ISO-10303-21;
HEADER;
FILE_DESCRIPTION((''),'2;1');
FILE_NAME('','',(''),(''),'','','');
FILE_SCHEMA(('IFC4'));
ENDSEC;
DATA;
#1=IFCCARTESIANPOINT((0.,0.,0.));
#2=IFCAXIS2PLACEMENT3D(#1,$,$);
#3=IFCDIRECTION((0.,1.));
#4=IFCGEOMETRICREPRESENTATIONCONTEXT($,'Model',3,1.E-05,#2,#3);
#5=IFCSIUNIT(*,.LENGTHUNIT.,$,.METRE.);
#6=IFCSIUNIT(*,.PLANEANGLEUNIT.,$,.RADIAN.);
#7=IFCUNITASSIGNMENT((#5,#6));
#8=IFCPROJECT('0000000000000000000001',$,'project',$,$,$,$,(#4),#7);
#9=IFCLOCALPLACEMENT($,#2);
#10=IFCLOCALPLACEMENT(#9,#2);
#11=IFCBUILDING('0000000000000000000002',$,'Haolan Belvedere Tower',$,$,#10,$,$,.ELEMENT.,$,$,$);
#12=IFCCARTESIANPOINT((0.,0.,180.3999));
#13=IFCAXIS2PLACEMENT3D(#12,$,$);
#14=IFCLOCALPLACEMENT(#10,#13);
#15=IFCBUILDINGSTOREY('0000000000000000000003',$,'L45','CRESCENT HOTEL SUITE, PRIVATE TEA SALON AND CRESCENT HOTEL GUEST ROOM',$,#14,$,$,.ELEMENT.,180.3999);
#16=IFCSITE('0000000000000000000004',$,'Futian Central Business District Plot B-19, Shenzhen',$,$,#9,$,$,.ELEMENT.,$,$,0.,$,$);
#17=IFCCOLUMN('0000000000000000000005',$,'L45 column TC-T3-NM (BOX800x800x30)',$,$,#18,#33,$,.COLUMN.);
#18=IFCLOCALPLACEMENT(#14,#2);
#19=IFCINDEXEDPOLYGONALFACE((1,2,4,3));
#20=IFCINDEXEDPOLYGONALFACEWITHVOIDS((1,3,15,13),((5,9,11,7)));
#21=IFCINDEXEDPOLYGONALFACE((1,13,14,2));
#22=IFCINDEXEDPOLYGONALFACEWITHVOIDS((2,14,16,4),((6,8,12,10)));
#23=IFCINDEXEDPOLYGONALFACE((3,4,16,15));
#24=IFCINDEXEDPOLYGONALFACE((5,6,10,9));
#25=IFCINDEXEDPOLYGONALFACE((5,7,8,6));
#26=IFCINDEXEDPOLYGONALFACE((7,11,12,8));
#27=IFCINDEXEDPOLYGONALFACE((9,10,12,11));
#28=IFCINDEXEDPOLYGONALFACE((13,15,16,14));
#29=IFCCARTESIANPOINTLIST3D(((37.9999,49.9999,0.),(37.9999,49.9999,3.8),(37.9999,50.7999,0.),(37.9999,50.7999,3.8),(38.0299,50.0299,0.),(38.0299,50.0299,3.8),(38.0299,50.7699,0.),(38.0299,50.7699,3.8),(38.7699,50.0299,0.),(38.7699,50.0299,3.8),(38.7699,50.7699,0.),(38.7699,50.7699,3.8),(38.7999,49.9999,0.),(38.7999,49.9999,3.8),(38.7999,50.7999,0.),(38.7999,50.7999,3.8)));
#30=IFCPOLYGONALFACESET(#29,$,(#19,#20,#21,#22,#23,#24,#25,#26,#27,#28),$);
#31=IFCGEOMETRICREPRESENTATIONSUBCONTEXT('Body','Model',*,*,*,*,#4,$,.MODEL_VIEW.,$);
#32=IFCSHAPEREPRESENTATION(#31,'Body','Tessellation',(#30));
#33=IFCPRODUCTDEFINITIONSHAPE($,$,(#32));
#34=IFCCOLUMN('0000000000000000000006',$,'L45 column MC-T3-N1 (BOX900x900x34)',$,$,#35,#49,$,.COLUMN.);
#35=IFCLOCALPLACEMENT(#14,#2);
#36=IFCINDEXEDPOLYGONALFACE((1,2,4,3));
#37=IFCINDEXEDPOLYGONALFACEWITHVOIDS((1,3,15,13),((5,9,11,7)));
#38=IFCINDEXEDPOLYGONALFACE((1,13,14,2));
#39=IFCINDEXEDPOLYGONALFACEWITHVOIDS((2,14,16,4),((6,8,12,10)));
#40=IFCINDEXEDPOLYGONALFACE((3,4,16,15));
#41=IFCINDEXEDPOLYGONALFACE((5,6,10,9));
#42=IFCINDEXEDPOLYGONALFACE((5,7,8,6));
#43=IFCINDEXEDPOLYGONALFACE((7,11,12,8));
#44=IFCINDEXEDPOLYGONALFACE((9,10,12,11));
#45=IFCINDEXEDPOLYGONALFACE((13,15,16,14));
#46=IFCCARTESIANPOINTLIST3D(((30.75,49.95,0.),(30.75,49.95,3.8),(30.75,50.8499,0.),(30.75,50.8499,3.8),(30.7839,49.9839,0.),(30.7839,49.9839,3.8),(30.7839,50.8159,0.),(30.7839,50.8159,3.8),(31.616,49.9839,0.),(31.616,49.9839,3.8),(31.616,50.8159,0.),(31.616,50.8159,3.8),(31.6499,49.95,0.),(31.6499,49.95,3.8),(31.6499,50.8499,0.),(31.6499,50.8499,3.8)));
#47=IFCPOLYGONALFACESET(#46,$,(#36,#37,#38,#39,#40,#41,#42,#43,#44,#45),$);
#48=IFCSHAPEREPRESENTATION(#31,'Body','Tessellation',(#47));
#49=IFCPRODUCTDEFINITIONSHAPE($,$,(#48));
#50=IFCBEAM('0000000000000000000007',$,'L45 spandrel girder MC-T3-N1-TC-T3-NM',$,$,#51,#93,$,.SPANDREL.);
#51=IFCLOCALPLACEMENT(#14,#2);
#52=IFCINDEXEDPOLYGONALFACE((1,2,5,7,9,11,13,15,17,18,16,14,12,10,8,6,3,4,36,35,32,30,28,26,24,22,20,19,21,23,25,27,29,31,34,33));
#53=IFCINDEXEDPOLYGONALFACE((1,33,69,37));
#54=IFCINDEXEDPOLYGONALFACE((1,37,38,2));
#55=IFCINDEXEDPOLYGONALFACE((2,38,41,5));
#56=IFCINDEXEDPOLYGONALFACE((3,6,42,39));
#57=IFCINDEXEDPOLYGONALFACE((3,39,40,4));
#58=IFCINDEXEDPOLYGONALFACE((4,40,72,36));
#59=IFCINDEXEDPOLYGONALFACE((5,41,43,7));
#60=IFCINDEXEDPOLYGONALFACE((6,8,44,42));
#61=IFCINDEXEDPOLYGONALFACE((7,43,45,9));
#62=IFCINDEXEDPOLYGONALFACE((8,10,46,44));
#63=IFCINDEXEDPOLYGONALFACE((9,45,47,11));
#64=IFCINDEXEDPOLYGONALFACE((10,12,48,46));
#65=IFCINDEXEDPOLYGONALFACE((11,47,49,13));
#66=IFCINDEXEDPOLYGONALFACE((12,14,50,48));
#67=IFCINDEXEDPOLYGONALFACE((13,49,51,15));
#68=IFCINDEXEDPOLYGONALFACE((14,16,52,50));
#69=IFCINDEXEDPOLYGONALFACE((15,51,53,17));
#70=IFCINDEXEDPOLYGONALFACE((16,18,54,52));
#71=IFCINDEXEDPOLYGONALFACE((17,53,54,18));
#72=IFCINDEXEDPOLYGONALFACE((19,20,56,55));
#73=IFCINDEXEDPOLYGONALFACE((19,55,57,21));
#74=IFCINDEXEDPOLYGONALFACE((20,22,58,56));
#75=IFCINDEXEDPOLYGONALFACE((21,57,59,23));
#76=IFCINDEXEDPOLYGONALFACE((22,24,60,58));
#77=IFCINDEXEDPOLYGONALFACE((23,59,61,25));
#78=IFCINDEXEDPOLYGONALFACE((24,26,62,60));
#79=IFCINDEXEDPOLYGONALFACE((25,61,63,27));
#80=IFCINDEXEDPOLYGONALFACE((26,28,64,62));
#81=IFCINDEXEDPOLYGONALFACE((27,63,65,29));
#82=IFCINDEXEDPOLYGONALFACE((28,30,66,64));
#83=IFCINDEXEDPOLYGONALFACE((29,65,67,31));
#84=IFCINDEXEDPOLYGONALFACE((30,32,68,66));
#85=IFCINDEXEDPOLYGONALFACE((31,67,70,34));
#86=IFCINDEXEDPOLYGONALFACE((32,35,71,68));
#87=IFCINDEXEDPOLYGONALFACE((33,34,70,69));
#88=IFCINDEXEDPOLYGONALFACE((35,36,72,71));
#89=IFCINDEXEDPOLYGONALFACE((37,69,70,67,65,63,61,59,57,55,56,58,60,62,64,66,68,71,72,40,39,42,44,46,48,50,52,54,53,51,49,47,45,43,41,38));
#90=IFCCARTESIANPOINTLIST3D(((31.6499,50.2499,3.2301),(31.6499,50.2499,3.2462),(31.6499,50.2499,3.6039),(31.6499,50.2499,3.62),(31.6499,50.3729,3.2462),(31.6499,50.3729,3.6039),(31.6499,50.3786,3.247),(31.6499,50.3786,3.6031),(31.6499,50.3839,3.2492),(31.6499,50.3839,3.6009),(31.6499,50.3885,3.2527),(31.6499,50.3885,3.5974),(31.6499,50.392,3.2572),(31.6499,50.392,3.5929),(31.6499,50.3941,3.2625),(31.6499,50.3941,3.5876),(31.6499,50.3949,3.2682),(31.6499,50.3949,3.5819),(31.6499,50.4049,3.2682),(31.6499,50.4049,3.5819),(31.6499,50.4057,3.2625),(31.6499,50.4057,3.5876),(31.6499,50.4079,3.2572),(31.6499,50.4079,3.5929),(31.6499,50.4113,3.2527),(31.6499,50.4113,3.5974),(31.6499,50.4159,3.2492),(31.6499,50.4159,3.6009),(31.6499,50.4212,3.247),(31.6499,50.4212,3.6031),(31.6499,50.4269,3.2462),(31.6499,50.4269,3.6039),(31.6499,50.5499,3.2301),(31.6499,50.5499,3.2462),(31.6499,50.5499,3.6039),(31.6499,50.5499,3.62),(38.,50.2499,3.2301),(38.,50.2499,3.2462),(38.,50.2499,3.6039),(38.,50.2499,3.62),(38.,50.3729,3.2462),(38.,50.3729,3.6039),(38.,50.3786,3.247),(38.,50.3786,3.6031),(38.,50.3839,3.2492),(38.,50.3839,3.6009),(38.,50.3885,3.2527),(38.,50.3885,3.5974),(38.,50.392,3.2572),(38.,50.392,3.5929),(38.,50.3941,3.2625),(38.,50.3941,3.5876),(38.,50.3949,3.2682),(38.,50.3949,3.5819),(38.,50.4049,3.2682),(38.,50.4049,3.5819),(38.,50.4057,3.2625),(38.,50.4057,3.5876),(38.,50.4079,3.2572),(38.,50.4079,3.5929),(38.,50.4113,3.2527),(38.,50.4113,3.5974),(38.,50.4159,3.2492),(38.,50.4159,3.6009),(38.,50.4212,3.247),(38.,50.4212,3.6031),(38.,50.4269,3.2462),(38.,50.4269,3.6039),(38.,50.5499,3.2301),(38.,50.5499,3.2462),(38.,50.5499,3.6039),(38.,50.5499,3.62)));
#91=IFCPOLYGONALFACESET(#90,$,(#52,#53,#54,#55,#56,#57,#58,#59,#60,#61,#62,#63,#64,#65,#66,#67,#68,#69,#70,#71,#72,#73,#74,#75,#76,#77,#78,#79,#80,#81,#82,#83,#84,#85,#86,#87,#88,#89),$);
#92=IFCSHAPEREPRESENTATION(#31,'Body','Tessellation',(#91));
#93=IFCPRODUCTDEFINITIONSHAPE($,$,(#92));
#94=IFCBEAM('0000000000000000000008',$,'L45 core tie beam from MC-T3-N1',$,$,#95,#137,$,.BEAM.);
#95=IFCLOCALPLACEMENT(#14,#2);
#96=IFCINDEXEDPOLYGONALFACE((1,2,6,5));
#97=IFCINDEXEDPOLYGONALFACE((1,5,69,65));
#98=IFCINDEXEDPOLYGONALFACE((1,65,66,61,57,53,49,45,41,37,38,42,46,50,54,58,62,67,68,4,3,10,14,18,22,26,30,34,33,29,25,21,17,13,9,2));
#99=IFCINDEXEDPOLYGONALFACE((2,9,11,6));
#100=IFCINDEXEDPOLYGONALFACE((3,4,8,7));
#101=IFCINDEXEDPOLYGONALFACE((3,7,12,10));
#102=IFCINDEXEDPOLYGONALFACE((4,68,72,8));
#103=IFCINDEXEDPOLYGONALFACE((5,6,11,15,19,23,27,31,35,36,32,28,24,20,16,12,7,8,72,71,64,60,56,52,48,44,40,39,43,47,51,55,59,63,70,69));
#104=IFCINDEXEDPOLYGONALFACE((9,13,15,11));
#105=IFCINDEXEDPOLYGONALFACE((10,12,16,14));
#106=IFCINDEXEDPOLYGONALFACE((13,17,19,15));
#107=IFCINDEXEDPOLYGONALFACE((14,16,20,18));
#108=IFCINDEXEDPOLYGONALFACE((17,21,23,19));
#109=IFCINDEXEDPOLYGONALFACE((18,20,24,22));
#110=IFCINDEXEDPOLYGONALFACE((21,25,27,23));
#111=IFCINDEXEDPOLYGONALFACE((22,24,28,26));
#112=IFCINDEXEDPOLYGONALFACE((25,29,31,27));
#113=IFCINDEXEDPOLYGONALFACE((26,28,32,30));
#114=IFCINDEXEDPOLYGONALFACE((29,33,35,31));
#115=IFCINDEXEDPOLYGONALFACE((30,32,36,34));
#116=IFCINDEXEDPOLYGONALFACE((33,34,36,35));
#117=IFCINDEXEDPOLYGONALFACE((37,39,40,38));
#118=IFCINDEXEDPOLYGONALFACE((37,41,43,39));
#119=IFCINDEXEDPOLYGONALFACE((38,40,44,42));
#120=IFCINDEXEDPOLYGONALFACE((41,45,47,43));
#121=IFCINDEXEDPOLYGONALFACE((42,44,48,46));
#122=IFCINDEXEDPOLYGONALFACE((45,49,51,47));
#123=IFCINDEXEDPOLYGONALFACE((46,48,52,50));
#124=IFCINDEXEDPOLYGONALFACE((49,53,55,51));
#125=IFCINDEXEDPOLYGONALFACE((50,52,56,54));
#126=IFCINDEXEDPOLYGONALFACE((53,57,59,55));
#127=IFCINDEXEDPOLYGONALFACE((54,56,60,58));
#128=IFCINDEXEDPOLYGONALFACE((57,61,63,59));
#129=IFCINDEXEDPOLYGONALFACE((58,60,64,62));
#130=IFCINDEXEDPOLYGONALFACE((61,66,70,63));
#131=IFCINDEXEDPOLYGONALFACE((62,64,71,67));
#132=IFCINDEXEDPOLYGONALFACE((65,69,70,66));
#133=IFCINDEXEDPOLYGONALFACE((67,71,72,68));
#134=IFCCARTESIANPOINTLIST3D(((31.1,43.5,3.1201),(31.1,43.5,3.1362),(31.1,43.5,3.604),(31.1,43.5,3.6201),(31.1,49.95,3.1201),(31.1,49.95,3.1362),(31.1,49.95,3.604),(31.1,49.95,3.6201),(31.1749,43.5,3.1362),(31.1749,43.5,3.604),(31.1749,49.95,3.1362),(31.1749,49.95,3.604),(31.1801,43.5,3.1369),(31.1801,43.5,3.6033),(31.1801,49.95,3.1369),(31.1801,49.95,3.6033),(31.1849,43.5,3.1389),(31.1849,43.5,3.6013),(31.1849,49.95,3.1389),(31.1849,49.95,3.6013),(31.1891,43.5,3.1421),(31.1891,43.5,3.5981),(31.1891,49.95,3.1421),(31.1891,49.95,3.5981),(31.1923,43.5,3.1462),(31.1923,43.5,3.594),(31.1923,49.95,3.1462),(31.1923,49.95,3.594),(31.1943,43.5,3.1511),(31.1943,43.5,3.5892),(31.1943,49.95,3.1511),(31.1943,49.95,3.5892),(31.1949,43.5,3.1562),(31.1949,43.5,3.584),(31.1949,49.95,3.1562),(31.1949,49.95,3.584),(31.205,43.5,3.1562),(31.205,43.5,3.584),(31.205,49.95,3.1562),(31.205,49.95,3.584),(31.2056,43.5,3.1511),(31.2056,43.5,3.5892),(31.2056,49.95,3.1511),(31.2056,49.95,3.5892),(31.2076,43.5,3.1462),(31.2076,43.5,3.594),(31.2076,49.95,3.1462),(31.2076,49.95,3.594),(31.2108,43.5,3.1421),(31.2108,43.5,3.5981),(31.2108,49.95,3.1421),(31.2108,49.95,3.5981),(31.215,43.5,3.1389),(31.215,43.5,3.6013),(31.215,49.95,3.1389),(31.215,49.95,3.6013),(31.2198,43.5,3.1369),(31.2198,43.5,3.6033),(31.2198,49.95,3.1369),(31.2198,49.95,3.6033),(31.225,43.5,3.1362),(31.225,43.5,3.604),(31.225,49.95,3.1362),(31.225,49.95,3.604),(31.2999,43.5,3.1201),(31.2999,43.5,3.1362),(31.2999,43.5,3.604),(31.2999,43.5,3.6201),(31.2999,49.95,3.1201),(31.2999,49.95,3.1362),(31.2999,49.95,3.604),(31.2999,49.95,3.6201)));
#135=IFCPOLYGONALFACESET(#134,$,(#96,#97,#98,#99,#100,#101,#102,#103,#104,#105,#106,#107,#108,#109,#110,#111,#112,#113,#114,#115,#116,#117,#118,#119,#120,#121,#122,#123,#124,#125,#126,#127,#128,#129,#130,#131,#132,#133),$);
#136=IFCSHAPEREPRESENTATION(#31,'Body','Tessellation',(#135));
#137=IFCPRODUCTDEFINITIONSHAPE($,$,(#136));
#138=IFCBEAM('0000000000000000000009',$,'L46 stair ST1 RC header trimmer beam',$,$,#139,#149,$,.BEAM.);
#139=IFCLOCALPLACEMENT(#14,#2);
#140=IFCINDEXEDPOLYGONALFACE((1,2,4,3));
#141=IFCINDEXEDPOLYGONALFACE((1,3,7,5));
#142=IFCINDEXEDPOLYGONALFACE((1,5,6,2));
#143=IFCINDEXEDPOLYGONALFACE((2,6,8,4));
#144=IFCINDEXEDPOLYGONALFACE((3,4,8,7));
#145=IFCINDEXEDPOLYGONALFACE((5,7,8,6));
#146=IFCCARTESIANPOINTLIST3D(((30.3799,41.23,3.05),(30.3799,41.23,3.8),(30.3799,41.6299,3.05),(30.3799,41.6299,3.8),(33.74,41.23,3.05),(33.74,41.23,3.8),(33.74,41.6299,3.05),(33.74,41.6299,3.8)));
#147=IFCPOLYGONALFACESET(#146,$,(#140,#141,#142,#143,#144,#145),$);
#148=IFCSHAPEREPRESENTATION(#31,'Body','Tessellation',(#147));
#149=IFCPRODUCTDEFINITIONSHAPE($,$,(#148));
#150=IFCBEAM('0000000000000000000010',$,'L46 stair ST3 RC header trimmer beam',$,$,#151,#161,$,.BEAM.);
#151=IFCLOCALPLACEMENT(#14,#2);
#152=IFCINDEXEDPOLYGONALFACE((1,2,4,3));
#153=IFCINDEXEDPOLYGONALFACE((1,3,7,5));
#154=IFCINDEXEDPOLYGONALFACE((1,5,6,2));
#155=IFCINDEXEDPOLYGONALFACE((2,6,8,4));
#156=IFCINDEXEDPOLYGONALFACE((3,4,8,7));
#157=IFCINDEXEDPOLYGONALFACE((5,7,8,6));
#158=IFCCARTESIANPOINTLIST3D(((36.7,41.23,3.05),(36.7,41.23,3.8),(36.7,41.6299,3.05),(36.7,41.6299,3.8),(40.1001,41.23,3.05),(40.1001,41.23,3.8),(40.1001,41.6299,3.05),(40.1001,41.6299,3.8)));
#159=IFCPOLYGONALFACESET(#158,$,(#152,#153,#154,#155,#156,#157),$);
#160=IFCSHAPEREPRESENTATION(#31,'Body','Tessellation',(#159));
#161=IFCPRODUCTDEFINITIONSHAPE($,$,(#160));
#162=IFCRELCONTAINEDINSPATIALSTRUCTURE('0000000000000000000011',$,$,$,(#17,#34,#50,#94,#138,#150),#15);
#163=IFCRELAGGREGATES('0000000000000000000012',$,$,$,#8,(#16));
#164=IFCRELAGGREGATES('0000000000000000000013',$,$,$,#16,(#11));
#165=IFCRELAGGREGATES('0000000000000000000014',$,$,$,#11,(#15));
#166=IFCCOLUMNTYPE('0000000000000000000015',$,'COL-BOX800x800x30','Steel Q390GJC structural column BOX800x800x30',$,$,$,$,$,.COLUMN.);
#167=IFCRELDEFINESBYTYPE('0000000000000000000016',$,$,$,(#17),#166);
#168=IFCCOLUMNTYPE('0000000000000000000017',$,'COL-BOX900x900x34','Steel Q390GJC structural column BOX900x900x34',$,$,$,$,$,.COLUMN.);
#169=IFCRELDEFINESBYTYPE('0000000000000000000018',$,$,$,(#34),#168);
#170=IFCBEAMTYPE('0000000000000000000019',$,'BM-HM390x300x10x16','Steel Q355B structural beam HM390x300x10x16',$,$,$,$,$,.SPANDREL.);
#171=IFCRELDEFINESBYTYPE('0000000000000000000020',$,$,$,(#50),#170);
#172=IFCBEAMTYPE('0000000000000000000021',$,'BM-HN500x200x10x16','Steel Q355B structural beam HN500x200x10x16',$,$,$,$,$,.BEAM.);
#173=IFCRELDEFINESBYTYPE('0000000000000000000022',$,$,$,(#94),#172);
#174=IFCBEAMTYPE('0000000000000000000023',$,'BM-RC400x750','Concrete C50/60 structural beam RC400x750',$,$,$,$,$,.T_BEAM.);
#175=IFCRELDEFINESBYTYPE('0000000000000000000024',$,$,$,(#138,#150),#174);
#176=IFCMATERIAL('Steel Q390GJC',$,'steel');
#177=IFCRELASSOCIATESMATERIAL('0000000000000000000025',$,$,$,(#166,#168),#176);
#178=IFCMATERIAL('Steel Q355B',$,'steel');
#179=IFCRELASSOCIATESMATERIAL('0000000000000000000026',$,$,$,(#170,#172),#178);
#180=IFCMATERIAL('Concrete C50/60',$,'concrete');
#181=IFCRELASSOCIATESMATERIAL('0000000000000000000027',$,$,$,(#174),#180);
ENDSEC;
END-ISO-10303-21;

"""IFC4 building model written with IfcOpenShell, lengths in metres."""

from ifc_helpers import new_model, si_unit, direction, frame, origin, origin_2d, place, context, subcontext, project, spatial, rectangle, hollow_rectangle, i_section, extrude, material, material_profile, profile_set, type_object, element, save


model = new_model("IFC4")

# Units and contexts
model_context = context("Model", 3, precision=1e-05, world=origin(), true_north=direction((0.0, 1.0)))
body_context = subcontext(model_context, "Body", "Model", "MODEL_VIEW")
ifc_project = project(units=[si_unit("LENGTHUNIT", "METRE"), si_unit("PLANEANGLEUNIT", "RADIAN")], contexts=[model_context])

# Site, building, storey
site_placement = place(None, origin())
site = spatial("IfcSite", under=ifc_project, at=site_placement, Name="Futian Central Business District Plot B-19, Shenzhen", CompositionType="ELEMENT", RefElevation=0.0)
building_placement = place(site_placement, origin())
building = spatial("IfcBuilding", under=site, at=building_placement, Name="Haolan Belvedere Tower", CompositionType="ELEMENT")
storey_placement = place(building_placement, frame((0.0, 0.0, 180.3999)))
storey = spatial("IfcBuildingStorey", under=building, at=storey_placement, Name="L45", Description="CRESCENT HOTEL SUITE, PRIVATE TEA SALON AND CRESCENT HOTEL GUEST ROOM", CompositionType="ELEMENT", Elevation=180.3999)

# Columns
ifc_material_1 = material(Name="Steel Q390GJC", Category="steel")
ifc_material_profile_1 = material_profile(ifc_material_1, hollow_rectangle(XDim=0.8, YDim=0.8, WallThickness=0.03, at=origin_2d()), Name="Steel Q390GJC")
ifc_profile_set_1 = profile_set([ifc_material_profile_1], Name="Steel Q390GJC")
column_type_1 = type_object("IfcColumnType", Name="COL-BOX800x800x30", Description="Steel Q390GJC structural column BOX800x800x30", PredefinedType="COLUMN", material=ifc_profile_set_1)
column_1_placement = place(storey_placement, frame((38.3999, 50.3999, 0.0), z_axis=(0.0, 0.0, 1.0), x_axis=(1.0, 0.0, 0.0)))
element("IfcColumn", 1, at=column_1_placement, inside=storey, type_object=column_type_1, Name="L45 column TC-T3-NM (BOX800x800x30)", PredefinedType="COLUMN", context=body_context, shape_type="SweptSolid", body=[
    extrude(hollow_rectangle(XDim=0.8, YDim=0.8, WallThickness=0.03, at=origin_2d()), origin(), (0.0, 0.0, 1.0), 3.8),
])
ifc_material_profile_2 = material_profile(ifc_material_1, hollow_rectangle(XDim=0.8999, YDim=0.8999, WallThickness=0.0339, at=origin_2d()), Name="Steel Q390GJC")
ifc_profile_set_2 = profile_set([ifc_material_profile_2], Name="Steel Q390GJC")
column_type_2 = type_object("IfcColumnType", Name="COL-BOX900x900x34", Description="Steel Q390GJC structural column BOX900x900x34", PredefinedType="COLUMN", material=ifc_profile_set_2)
column_2_placement = place(storey_placement, frame((31.2, 50.3999, 0.0), z_axis=(0.0, 0.0, 1.0), x_axis=(1.0, 0.0, 0.0)))
element("IfcColumn", 2, at=column_2_placement, inside=storey, type_object=column_type_2, Name="L45 column MC-T3-N1 (BOX900x900x34)", PredefinedType="COLUMN", context=body_context, shape_type="SweptSolid", body=[
    extrude(hollow_rectangle(XDim=0.8999, YDim=0.8999, WallThickness=0.0339, at=origin_2d()), origin(), (0.0, 0.0, 1.0), 3.8),
])

# Beams
ifc_material_2 = material(Name="Steel Q355B", Category="steel")
ifc_material_profile_3 = material_profile(ifc_material_2, i_section(OverallWidth=0.3, OverallDepth=0.3899, WebThickness=0.01, FlangeThickness=0.0161, FilletRadius=0.022, at=origin_2d()), Name="Steel Q355B")
ifc_profile_set_3 = profile_set([ifc_material_profile_3], Name="Steel Q355B")
beam_type_1 = type_object("IfcBeamType", Name="BM-HM390x300x10x16", Description="Steel Q355B structural beam HM390x300x10x16", PredefinedType="SPANDREL", material=ifc_profile_set_3)
beam_1_placement = place(storey_placement, frame((31.6499, 50.3999, 3.425), z_axis=(1.0, 0.0, 0.0), x_axis=(0.0, 1.0, 0.0)))
element("IfcBeam", 3, at=beam_1_placement, inside=storey, type_object=beam_type_1, Name="L45 spandrel girder MC-T3-N1-TC-T3-NM", PredefinedType="SPANDREL", context=body_context, shape_type="SweptSolid", body=[
    extrude(i_section(OverallWidth=0.3, OverallDepth=0.3899, WebThickness=0.01, FlangeThickness=0.0161, FilletRadius=0.022, at=origin_2d()), origin(), (0.0, 0.0, 1.0), 6.3501),
])
ifc_material_profile_4 = material_profile(ifc_material_2, i_section(OverallWidth=0.2, OverallDepth=0.5, WebThickness=0.01, FlangeThickness=0.0161, FilletRadius=0.02, at=origin_2d()), Name="Steel Q355B")
ifc_profile_set_4 = profile_set([ifc_material_profile_4], Name="Steel Q355B")
beam_type_2 = type_object("IfcBeamType", Name="BM-HN500x200x10x16", Description="Steel Q355B structural beam HN500x200x10x16", PredefinedType="BEAM", material=ifc_profile_set_4)
beam_2_placement = place(storey_placement, frame((31.2, 49.95, 3.3701), z_axis=(0.0, -1.0, 0.0), x_axis=(1.0, 0.0, 0.0)))
element("IfcBeam", 4, at=beam_2_placement, inside=storey, type_object=beam_type_2, Name="L45 core tie beam from MC-T3-N1", PredefinedType="BEAM", context=body_context, shape_type="SweptSolid", body=[
    extrude(i_section(OverallWidth=0.2, OverallDepth=0.5, WebThickness=0.01, FlangeThickness=0.0161, FilletRadius=0.02, at=origin_2d()), origin(), (0.0, 0.0, 1.0), 6.45),
])
ifc_material_3 = material(Name="Concrete C50/60", Category="concrete")
ifc_material_profile_5 = material_profile(ifc_material_3, rectangle(XDim=0.3999, YDim=0.75, at=origin_2d()), Name="Concrete C50/60")
ifc_profile_set_5 = profile_set([ifc_material_profile_5], Name="Concrete C50/60")
beam_type_3 = type_object("IfcBeamType", Name="BM-RC400x750", Description="Concrete C50/60 structural beam RC400x750", PredefinedType="T_BEAM", material=ifc_profile_set_5)
beam_3_placement = place(storey_placement, frame((30.3799, 41.4299, 3.425), z_axis=(1.0, 0.0, 0.0), x_axis=(0.0, 1.0, 0.0)))
element("IfcBeam", 5, at=beam_3_placement, inside=storey, type_object=beam_type_3, Name="L46 stair ST1 RC header trimmer beam", PredefinedType="BEAM", context=body_context, shape_type="SweptSolid", body=[
    extrude(rectangle(XDim=0.3999, YDim=0.75, at=origin_2d()), origin(), (0.0, 0.0, 1.0), 3.3601),
])
beam_4_placement = place(storey_placement, frame((36.7, 41.4299, 3.425), z_axis=(1.0, 0.0, 0.0), x_axis=(0.0, 1.0, 0.0)))
element("IfcBeam", 6, at=beam_4_placement, inside=storey, type_object=beam_type_3, Name="L46 stair ST3 RC header trimmer beam", PredefinedType="BEAM", context=body_context, shape_type="SweptSolid", body=[
    extrude(rectangle(XDim=0.3999, YDim=0.75, at=origin_2d()), origin(), (0.0, 0.0, 1.0), 3.4001),
])

save(model, "model.ifc")
